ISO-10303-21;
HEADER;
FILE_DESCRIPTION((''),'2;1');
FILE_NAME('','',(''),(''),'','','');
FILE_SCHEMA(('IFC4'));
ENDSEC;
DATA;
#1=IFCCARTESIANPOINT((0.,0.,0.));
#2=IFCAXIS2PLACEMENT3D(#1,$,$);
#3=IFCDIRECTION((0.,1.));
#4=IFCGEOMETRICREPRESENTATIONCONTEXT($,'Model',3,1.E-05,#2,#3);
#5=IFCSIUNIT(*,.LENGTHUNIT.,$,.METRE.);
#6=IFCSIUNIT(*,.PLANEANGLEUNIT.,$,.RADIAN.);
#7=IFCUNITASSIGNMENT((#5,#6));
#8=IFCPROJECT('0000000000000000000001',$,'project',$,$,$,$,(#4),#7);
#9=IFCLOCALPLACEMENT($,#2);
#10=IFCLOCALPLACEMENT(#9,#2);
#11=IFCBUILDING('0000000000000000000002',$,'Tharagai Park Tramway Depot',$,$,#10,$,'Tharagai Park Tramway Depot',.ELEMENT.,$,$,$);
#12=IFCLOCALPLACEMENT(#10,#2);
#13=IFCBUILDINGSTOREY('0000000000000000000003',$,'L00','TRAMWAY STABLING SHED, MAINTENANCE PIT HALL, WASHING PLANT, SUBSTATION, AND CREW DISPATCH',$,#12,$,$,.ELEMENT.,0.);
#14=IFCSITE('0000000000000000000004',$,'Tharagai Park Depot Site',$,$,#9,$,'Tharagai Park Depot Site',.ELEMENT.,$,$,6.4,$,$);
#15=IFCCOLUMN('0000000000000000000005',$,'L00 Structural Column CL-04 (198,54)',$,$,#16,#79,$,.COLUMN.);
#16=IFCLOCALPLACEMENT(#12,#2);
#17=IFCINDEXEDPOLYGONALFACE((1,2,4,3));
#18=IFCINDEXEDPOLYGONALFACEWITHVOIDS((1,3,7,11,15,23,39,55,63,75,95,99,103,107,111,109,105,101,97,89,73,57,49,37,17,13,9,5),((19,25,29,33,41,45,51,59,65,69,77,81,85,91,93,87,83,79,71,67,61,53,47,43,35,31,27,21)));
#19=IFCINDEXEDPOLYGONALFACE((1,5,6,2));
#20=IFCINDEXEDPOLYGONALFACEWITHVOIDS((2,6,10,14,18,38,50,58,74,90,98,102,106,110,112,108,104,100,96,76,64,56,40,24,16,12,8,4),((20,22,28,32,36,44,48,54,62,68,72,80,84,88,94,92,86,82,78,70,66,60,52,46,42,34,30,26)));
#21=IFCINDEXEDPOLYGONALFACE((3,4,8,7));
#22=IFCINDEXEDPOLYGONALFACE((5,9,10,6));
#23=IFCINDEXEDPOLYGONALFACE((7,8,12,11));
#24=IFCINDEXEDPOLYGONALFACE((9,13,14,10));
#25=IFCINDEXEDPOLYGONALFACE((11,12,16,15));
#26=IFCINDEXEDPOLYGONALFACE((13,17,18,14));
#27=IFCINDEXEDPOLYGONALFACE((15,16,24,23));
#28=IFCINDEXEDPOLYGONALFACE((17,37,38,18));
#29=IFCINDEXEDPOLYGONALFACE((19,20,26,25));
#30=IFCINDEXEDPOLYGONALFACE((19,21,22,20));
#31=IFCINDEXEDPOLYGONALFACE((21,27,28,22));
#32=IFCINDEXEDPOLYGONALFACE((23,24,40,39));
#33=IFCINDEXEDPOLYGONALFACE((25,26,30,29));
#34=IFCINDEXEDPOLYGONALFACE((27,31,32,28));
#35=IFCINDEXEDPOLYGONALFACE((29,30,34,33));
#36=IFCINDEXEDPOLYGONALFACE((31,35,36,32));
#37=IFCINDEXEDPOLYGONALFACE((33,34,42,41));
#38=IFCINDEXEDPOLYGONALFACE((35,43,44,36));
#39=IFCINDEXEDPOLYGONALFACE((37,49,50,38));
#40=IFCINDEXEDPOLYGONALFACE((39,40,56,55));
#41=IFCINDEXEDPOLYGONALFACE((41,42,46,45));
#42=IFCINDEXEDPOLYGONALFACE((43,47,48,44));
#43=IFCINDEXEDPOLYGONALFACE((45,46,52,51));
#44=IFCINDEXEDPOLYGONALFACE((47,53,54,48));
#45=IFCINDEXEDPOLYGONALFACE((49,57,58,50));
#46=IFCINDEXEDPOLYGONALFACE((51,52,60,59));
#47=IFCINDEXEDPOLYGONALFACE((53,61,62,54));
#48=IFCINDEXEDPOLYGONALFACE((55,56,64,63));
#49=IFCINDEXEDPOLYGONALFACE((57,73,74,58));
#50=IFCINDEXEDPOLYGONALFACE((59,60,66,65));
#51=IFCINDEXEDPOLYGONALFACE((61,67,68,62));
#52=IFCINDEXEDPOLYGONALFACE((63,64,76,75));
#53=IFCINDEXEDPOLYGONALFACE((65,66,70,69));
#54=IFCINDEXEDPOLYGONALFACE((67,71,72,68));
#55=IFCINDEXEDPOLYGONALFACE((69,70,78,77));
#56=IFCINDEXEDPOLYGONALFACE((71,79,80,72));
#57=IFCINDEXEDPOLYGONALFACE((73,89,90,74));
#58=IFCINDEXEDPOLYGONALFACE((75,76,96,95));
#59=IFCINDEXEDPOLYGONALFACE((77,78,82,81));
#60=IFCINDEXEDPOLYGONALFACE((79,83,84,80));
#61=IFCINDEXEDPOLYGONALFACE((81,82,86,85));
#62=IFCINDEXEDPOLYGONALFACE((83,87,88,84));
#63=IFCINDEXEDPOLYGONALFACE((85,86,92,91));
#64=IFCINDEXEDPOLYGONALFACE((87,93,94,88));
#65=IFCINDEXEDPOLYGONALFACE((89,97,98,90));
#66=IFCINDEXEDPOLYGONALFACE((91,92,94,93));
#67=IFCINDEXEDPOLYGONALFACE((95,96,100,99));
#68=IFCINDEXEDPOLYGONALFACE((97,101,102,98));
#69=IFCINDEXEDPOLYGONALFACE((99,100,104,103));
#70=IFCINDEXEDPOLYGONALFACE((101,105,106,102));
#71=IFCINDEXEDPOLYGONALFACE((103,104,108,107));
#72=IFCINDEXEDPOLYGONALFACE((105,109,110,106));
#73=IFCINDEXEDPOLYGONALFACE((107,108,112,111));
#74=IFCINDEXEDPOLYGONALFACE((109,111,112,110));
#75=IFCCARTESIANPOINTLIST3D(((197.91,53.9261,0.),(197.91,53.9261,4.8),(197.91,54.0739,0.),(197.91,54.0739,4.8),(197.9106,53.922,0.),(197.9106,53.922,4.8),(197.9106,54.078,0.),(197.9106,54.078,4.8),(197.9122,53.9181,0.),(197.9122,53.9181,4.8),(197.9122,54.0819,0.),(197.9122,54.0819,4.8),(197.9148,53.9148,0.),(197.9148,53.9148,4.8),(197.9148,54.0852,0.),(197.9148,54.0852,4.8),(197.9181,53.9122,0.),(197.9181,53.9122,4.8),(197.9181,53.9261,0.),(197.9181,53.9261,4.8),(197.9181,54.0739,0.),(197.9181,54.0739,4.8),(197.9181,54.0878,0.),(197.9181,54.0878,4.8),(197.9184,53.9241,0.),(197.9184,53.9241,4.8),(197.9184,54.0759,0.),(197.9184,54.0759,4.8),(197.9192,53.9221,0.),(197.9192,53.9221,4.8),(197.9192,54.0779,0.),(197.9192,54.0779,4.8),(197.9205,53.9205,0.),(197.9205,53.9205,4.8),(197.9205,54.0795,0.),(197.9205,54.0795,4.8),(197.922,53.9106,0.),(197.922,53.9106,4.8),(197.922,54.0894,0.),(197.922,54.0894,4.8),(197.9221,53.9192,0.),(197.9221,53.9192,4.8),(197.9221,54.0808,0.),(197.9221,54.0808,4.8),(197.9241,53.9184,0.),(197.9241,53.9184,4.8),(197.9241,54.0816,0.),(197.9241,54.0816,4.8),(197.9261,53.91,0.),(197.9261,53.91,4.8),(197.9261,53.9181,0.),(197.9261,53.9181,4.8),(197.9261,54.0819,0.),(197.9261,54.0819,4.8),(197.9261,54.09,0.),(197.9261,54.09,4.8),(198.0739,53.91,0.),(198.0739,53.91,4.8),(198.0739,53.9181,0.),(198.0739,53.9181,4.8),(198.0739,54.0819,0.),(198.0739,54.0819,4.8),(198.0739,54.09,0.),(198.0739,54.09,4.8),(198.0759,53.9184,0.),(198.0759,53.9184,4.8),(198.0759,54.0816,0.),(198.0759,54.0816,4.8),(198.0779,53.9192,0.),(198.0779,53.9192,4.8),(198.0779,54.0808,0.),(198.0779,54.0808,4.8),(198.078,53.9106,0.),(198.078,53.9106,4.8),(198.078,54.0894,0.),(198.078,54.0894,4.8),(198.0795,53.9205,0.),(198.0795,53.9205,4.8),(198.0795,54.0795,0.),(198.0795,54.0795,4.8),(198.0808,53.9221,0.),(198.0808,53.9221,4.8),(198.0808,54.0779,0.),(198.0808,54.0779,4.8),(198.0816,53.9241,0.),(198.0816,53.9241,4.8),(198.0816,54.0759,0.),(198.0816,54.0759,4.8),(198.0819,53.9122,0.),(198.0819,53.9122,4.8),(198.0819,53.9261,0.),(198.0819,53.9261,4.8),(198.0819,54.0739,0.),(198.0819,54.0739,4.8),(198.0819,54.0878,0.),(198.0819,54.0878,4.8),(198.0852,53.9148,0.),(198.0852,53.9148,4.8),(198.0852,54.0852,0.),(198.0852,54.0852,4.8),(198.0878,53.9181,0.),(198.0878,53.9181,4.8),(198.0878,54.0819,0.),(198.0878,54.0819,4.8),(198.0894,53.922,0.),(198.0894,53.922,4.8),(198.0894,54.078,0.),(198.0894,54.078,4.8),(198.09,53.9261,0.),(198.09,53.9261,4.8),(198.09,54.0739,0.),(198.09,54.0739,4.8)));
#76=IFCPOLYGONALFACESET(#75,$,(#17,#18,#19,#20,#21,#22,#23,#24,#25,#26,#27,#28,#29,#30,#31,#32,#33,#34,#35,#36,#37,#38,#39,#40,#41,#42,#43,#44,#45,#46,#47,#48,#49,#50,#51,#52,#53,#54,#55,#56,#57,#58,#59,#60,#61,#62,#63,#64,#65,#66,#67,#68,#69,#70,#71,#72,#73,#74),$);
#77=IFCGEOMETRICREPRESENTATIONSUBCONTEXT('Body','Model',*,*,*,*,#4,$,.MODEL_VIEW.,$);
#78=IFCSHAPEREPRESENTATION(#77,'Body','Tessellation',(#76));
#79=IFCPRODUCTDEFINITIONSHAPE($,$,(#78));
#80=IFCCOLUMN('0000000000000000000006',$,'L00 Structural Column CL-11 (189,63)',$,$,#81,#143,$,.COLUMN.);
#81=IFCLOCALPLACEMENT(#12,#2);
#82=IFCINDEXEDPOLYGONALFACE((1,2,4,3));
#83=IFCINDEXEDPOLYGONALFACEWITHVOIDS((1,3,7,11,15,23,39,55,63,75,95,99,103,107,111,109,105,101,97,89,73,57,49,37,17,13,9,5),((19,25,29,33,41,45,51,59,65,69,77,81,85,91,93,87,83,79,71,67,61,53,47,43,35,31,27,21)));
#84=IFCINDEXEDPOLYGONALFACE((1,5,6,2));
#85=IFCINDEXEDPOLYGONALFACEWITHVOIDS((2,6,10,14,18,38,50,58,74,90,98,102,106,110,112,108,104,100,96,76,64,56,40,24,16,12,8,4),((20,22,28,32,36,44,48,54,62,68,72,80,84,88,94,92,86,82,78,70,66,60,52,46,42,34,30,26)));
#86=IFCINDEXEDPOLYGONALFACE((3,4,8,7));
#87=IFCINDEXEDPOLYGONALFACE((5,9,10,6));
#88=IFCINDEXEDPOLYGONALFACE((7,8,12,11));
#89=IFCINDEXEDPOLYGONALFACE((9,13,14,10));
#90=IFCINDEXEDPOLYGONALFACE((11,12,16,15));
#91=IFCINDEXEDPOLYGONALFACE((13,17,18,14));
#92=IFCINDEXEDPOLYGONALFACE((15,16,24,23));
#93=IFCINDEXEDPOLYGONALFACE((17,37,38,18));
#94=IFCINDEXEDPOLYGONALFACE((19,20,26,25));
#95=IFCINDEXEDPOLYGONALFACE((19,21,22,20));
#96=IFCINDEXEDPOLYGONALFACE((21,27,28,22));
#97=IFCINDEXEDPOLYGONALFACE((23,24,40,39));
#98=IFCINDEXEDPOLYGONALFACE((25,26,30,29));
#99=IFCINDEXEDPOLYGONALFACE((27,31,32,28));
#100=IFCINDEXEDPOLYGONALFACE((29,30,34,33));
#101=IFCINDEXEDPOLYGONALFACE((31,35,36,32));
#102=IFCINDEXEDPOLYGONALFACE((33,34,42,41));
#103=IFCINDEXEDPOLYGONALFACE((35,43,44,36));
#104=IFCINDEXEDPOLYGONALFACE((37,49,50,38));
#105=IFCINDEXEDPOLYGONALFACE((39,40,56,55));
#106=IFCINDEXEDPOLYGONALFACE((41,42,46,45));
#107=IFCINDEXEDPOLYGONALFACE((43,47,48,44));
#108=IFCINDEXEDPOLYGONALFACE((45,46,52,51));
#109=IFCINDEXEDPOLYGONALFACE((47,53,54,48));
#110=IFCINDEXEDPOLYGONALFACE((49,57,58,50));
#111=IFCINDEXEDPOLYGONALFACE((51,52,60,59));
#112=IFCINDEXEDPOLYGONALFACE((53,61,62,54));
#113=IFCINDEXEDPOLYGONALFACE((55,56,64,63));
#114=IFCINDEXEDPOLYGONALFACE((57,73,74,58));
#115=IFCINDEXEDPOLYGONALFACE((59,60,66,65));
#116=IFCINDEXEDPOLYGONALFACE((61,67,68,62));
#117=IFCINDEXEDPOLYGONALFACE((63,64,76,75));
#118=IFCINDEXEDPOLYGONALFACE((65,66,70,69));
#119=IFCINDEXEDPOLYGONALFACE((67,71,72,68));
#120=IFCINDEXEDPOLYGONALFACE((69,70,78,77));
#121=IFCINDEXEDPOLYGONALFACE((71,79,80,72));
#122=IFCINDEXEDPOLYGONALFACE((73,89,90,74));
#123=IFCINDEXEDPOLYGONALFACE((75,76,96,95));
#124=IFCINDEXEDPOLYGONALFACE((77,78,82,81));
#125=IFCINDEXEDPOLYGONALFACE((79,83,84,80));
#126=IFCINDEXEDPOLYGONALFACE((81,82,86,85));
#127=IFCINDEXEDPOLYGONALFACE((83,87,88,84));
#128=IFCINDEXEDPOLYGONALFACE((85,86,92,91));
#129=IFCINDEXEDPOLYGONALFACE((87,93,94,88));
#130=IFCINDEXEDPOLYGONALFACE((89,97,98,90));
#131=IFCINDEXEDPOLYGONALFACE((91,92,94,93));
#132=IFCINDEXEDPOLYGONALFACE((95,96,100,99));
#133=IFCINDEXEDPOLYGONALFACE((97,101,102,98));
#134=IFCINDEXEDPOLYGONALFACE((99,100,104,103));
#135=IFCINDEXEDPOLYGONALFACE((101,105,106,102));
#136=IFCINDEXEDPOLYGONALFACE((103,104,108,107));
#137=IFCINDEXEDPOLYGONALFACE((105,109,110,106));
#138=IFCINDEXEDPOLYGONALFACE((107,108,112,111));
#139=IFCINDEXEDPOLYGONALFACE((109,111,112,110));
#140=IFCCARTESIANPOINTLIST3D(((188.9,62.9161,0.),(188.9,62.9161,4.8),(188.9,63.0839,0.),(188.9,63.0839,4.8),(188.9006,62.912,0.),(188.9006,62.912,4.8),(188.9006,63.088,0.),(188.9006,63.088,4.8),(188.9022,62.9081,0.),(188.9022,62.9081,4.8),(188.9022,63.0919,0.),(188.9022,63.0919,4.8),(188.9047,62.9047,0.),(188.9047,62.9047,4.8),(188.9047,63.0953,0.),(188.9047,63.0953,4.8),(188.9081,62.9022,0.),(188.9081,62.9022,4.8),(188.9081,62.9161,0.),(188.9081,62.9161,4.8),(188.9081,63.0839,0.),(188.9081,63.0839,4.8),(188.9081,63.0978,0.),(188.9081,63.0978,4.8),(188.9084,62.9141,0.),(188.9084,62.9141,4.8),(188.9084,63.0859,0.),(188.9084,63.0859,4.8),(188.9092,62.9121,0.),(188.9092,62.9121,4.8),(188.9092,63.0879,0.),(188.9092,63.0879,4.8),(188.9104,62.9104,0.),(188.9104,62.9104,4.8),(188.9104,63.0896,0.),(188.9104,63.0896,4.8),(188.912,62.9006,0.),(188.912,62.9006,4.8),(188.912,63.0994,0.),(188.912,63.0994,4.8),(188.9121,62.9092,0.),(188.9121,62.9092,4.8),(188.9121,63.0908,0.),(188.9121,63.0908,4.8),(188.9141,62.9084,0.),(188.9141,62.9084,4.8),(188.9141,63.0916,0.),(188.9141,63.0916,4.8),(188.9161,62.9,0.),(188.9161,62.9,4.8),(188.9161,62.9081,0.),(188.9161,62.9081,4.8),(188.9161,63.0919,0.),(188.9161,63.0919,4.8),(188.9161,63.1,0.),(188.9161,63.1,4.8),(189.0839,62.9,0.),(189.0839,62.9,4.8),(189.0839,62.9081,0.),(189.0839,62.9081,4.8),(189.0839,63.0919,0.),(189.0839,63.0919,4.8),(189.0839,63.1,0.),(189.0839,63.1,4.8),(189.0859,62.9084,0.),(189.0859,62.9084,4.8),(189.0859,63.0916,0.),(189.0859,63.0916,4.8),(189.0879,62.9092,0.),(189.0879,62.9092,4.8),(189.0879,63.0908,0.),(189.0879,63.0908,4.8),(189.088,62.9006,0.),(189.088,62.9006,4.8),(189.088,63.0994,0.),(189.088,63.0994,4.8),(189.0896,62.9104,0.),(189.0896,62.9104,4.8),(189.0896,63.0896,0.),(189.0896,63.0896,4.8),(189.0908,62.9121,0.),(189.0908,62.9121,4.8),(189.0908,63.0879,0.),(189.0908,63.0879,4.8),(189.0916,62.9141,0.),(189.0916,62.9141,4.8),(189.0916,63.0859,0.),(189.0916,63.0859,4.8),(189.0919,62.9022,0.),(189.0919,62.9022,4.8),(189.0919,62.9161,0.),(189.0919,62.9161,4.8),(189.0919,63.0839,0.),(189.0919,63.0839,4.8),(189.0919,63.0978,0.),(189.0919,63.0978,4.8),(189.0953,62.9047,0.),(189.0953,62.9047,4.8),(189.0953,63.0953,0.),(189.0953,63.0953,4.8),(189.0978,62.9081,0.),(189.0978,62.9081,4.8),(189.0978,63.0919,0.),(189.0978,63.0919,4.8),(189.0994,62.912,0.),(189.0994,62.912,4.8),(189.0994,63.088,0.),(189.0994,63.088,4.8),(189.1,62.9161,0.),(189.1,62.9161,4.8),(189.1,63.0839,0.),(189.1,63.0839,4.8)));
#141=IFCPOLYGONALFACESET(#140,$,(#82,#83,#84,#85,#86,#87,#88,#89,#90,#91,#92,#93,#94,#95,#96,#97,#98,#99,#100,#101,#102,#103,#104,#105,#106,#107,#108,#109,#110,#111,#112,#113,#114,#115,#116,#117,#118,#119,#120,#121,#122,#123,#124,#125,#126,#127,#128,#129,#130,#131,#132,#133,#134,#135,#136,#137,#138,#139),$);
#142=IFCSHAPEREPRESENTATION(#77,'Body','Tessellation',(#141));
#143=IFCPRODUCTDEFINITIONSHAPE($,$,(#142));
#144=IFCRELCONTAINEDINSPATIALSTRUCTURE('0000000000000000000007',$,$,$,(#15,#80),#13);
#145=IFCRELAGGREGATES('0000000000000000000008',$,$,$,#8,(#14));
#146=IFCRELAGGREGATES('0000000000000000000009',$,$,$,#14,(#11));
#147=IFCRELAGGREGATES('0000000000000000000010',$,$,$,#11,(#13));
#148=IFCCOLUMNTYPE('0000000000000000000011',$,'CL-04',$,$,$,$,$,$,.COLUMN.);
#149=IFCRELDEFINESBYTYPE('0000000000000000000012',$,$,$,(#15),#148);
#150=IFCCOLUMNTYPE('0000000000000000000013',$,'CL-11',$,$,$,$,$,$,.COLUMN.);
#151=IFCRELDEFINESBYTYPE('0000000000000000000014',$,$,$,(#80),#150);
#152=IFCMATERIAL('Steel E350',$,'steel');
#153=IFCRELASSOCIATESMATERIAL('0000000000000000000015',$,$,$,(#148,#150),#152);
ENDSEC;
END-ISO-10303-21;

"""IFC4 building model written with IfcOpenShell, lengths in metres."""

from ifc_helpers import new_model, si_unit, direction, frame, origin, origin_2d, place, context, subcontext, project, spatial, hollow_rectangle, extrude, material, material_profile, profile_set, type_object, element, save


model = new_model("IFC4")

# Units and contexts
model_context = context("Model", 3, precision=1e-05, world=origin(), true_north=direction((0.0, 1.0)))
body_context = subcontext(model_context, "Body", "Model", "MODEL_VIEW")
ifc_project = project(units=[si_unit("LENGTHUNIT", "METRE"), si_unit("PLANEANGLEUNIT", "RADIAN")], contexts=[model_context])

# Site, building, storey
site_placement = place(None, origin())
site = spatial("IfcSite", under=ifc_project, at=site_placement, Name="Tharagai Park Depot Site", LongName="Tharagai Park Depot Site", CompositionType="ELEMENT", RefElevation=6.4)
building_placement = place(site_placement, origin())
building = spatial("IfcBuilding", under=site, at=building_placement, Name="Tharagai Park Tramway Depot", LongName="Tharagai Park Tramway Depot", CompositionType="ELEMENT")
storey_placement = place(building_placement, origin())
storey = spatial("IfcBuildingStorey", under=building, at=storey_placement, Name="L00", Description="TRAMWAY STABLING SHED, MAINTENANCE PIT HALL, WASHING PLANT, SUBSTATION, AND CREW DISPATCH", CompositionType="ELEMENT", Elevation=0.0)

# Columns
ifc_material_1 = material(Name="Steel E350", Category="steel")
ifc_material_profile_1 = material_profile(ifc_material_1, hollow_rectangle(XDim=0.1799, YDim=0.1799, WallThickness=0.0081, InnerFilletRadius=0.0081, OuterFilletRadius=0.0161, at=origin_2d()), Name="SHS 180x180x8")
ifc_profile_set_1 = profile_set([ifc_material_profile_1], Name="Steel E350")
column_type_1 = type_object("IfcColumnType", Name="CL-04", PredefinedType="COLUMN", material=ifc_profile_set_1)
for number, where, z_axis, x_axis, name in (
    (1, (198.0, 54.0, 0.0), (0.0, 0.0, 1.0), (1.0, 0.0, 0.0), "L00 Structural Column CL-04 (198,54)"),
):
    element("IfcColumn", number, at=place(storey_placement, frame(where, z_axis=z_axis, x_axis=x_axis)), inside=storey, type_object=column_type_1, Name=name, PredefinedType="COLUMN", context=body_context, shape_type="SweptSolid", body=[
        extrude(hollow_rectangle(XDim=0.1799, YDim=0.1799, WallThickness=0.0081, InnerFilletRadius=0.0081, OuterFilletRadius=0.0161, at=origin_2d()), origin(), (0.0, 0.0, 1.0), 4.8),
    ])
ifc_material_profile_2 = material_profile(ifc_material_1, hollow_rectangle(XDim=0.2, YDim=0.2, WallThickness=0.0081, InnerFilletRadius=0.0081, OuterFilletRadius=0.0161, at=origin_2d()), Name="SHS 200x200x8")
ifc_profile_set_2 = profile_set([ifc_material_profile_2], Name="Steel E350")
column_type_2 = type_object("IfcColumnType", Name="CL-11", PredefinedType="COLUMN", material=ifc_profile_set_2)
column_placement = place(storey_placement, frame((189.0, 63.0, 0.0), z_axis=(0.0, 0.0, 1.0), x_axis=(1.0, 0.0, 0.0)))
element("IfcColumn", 2, at=column_placement, inside=storey, type_object=column_type_2, Name="L00 Structural Column CL-11 (189,63)", PredefinedType="COLUMN", context=body_context, shape_type="SweptSolid", body=[
    extrude(hollow_rectangle(XDim=0.2, YDim=0.2, WallThickness=0.0081, InnerFilletRadius=0.0081, OuterFilletRadius=0.0161, at=origin_2d()), origin(), (0.0, 0.0, 1.0), 4.8),
])

save(model, "model.ifc")
